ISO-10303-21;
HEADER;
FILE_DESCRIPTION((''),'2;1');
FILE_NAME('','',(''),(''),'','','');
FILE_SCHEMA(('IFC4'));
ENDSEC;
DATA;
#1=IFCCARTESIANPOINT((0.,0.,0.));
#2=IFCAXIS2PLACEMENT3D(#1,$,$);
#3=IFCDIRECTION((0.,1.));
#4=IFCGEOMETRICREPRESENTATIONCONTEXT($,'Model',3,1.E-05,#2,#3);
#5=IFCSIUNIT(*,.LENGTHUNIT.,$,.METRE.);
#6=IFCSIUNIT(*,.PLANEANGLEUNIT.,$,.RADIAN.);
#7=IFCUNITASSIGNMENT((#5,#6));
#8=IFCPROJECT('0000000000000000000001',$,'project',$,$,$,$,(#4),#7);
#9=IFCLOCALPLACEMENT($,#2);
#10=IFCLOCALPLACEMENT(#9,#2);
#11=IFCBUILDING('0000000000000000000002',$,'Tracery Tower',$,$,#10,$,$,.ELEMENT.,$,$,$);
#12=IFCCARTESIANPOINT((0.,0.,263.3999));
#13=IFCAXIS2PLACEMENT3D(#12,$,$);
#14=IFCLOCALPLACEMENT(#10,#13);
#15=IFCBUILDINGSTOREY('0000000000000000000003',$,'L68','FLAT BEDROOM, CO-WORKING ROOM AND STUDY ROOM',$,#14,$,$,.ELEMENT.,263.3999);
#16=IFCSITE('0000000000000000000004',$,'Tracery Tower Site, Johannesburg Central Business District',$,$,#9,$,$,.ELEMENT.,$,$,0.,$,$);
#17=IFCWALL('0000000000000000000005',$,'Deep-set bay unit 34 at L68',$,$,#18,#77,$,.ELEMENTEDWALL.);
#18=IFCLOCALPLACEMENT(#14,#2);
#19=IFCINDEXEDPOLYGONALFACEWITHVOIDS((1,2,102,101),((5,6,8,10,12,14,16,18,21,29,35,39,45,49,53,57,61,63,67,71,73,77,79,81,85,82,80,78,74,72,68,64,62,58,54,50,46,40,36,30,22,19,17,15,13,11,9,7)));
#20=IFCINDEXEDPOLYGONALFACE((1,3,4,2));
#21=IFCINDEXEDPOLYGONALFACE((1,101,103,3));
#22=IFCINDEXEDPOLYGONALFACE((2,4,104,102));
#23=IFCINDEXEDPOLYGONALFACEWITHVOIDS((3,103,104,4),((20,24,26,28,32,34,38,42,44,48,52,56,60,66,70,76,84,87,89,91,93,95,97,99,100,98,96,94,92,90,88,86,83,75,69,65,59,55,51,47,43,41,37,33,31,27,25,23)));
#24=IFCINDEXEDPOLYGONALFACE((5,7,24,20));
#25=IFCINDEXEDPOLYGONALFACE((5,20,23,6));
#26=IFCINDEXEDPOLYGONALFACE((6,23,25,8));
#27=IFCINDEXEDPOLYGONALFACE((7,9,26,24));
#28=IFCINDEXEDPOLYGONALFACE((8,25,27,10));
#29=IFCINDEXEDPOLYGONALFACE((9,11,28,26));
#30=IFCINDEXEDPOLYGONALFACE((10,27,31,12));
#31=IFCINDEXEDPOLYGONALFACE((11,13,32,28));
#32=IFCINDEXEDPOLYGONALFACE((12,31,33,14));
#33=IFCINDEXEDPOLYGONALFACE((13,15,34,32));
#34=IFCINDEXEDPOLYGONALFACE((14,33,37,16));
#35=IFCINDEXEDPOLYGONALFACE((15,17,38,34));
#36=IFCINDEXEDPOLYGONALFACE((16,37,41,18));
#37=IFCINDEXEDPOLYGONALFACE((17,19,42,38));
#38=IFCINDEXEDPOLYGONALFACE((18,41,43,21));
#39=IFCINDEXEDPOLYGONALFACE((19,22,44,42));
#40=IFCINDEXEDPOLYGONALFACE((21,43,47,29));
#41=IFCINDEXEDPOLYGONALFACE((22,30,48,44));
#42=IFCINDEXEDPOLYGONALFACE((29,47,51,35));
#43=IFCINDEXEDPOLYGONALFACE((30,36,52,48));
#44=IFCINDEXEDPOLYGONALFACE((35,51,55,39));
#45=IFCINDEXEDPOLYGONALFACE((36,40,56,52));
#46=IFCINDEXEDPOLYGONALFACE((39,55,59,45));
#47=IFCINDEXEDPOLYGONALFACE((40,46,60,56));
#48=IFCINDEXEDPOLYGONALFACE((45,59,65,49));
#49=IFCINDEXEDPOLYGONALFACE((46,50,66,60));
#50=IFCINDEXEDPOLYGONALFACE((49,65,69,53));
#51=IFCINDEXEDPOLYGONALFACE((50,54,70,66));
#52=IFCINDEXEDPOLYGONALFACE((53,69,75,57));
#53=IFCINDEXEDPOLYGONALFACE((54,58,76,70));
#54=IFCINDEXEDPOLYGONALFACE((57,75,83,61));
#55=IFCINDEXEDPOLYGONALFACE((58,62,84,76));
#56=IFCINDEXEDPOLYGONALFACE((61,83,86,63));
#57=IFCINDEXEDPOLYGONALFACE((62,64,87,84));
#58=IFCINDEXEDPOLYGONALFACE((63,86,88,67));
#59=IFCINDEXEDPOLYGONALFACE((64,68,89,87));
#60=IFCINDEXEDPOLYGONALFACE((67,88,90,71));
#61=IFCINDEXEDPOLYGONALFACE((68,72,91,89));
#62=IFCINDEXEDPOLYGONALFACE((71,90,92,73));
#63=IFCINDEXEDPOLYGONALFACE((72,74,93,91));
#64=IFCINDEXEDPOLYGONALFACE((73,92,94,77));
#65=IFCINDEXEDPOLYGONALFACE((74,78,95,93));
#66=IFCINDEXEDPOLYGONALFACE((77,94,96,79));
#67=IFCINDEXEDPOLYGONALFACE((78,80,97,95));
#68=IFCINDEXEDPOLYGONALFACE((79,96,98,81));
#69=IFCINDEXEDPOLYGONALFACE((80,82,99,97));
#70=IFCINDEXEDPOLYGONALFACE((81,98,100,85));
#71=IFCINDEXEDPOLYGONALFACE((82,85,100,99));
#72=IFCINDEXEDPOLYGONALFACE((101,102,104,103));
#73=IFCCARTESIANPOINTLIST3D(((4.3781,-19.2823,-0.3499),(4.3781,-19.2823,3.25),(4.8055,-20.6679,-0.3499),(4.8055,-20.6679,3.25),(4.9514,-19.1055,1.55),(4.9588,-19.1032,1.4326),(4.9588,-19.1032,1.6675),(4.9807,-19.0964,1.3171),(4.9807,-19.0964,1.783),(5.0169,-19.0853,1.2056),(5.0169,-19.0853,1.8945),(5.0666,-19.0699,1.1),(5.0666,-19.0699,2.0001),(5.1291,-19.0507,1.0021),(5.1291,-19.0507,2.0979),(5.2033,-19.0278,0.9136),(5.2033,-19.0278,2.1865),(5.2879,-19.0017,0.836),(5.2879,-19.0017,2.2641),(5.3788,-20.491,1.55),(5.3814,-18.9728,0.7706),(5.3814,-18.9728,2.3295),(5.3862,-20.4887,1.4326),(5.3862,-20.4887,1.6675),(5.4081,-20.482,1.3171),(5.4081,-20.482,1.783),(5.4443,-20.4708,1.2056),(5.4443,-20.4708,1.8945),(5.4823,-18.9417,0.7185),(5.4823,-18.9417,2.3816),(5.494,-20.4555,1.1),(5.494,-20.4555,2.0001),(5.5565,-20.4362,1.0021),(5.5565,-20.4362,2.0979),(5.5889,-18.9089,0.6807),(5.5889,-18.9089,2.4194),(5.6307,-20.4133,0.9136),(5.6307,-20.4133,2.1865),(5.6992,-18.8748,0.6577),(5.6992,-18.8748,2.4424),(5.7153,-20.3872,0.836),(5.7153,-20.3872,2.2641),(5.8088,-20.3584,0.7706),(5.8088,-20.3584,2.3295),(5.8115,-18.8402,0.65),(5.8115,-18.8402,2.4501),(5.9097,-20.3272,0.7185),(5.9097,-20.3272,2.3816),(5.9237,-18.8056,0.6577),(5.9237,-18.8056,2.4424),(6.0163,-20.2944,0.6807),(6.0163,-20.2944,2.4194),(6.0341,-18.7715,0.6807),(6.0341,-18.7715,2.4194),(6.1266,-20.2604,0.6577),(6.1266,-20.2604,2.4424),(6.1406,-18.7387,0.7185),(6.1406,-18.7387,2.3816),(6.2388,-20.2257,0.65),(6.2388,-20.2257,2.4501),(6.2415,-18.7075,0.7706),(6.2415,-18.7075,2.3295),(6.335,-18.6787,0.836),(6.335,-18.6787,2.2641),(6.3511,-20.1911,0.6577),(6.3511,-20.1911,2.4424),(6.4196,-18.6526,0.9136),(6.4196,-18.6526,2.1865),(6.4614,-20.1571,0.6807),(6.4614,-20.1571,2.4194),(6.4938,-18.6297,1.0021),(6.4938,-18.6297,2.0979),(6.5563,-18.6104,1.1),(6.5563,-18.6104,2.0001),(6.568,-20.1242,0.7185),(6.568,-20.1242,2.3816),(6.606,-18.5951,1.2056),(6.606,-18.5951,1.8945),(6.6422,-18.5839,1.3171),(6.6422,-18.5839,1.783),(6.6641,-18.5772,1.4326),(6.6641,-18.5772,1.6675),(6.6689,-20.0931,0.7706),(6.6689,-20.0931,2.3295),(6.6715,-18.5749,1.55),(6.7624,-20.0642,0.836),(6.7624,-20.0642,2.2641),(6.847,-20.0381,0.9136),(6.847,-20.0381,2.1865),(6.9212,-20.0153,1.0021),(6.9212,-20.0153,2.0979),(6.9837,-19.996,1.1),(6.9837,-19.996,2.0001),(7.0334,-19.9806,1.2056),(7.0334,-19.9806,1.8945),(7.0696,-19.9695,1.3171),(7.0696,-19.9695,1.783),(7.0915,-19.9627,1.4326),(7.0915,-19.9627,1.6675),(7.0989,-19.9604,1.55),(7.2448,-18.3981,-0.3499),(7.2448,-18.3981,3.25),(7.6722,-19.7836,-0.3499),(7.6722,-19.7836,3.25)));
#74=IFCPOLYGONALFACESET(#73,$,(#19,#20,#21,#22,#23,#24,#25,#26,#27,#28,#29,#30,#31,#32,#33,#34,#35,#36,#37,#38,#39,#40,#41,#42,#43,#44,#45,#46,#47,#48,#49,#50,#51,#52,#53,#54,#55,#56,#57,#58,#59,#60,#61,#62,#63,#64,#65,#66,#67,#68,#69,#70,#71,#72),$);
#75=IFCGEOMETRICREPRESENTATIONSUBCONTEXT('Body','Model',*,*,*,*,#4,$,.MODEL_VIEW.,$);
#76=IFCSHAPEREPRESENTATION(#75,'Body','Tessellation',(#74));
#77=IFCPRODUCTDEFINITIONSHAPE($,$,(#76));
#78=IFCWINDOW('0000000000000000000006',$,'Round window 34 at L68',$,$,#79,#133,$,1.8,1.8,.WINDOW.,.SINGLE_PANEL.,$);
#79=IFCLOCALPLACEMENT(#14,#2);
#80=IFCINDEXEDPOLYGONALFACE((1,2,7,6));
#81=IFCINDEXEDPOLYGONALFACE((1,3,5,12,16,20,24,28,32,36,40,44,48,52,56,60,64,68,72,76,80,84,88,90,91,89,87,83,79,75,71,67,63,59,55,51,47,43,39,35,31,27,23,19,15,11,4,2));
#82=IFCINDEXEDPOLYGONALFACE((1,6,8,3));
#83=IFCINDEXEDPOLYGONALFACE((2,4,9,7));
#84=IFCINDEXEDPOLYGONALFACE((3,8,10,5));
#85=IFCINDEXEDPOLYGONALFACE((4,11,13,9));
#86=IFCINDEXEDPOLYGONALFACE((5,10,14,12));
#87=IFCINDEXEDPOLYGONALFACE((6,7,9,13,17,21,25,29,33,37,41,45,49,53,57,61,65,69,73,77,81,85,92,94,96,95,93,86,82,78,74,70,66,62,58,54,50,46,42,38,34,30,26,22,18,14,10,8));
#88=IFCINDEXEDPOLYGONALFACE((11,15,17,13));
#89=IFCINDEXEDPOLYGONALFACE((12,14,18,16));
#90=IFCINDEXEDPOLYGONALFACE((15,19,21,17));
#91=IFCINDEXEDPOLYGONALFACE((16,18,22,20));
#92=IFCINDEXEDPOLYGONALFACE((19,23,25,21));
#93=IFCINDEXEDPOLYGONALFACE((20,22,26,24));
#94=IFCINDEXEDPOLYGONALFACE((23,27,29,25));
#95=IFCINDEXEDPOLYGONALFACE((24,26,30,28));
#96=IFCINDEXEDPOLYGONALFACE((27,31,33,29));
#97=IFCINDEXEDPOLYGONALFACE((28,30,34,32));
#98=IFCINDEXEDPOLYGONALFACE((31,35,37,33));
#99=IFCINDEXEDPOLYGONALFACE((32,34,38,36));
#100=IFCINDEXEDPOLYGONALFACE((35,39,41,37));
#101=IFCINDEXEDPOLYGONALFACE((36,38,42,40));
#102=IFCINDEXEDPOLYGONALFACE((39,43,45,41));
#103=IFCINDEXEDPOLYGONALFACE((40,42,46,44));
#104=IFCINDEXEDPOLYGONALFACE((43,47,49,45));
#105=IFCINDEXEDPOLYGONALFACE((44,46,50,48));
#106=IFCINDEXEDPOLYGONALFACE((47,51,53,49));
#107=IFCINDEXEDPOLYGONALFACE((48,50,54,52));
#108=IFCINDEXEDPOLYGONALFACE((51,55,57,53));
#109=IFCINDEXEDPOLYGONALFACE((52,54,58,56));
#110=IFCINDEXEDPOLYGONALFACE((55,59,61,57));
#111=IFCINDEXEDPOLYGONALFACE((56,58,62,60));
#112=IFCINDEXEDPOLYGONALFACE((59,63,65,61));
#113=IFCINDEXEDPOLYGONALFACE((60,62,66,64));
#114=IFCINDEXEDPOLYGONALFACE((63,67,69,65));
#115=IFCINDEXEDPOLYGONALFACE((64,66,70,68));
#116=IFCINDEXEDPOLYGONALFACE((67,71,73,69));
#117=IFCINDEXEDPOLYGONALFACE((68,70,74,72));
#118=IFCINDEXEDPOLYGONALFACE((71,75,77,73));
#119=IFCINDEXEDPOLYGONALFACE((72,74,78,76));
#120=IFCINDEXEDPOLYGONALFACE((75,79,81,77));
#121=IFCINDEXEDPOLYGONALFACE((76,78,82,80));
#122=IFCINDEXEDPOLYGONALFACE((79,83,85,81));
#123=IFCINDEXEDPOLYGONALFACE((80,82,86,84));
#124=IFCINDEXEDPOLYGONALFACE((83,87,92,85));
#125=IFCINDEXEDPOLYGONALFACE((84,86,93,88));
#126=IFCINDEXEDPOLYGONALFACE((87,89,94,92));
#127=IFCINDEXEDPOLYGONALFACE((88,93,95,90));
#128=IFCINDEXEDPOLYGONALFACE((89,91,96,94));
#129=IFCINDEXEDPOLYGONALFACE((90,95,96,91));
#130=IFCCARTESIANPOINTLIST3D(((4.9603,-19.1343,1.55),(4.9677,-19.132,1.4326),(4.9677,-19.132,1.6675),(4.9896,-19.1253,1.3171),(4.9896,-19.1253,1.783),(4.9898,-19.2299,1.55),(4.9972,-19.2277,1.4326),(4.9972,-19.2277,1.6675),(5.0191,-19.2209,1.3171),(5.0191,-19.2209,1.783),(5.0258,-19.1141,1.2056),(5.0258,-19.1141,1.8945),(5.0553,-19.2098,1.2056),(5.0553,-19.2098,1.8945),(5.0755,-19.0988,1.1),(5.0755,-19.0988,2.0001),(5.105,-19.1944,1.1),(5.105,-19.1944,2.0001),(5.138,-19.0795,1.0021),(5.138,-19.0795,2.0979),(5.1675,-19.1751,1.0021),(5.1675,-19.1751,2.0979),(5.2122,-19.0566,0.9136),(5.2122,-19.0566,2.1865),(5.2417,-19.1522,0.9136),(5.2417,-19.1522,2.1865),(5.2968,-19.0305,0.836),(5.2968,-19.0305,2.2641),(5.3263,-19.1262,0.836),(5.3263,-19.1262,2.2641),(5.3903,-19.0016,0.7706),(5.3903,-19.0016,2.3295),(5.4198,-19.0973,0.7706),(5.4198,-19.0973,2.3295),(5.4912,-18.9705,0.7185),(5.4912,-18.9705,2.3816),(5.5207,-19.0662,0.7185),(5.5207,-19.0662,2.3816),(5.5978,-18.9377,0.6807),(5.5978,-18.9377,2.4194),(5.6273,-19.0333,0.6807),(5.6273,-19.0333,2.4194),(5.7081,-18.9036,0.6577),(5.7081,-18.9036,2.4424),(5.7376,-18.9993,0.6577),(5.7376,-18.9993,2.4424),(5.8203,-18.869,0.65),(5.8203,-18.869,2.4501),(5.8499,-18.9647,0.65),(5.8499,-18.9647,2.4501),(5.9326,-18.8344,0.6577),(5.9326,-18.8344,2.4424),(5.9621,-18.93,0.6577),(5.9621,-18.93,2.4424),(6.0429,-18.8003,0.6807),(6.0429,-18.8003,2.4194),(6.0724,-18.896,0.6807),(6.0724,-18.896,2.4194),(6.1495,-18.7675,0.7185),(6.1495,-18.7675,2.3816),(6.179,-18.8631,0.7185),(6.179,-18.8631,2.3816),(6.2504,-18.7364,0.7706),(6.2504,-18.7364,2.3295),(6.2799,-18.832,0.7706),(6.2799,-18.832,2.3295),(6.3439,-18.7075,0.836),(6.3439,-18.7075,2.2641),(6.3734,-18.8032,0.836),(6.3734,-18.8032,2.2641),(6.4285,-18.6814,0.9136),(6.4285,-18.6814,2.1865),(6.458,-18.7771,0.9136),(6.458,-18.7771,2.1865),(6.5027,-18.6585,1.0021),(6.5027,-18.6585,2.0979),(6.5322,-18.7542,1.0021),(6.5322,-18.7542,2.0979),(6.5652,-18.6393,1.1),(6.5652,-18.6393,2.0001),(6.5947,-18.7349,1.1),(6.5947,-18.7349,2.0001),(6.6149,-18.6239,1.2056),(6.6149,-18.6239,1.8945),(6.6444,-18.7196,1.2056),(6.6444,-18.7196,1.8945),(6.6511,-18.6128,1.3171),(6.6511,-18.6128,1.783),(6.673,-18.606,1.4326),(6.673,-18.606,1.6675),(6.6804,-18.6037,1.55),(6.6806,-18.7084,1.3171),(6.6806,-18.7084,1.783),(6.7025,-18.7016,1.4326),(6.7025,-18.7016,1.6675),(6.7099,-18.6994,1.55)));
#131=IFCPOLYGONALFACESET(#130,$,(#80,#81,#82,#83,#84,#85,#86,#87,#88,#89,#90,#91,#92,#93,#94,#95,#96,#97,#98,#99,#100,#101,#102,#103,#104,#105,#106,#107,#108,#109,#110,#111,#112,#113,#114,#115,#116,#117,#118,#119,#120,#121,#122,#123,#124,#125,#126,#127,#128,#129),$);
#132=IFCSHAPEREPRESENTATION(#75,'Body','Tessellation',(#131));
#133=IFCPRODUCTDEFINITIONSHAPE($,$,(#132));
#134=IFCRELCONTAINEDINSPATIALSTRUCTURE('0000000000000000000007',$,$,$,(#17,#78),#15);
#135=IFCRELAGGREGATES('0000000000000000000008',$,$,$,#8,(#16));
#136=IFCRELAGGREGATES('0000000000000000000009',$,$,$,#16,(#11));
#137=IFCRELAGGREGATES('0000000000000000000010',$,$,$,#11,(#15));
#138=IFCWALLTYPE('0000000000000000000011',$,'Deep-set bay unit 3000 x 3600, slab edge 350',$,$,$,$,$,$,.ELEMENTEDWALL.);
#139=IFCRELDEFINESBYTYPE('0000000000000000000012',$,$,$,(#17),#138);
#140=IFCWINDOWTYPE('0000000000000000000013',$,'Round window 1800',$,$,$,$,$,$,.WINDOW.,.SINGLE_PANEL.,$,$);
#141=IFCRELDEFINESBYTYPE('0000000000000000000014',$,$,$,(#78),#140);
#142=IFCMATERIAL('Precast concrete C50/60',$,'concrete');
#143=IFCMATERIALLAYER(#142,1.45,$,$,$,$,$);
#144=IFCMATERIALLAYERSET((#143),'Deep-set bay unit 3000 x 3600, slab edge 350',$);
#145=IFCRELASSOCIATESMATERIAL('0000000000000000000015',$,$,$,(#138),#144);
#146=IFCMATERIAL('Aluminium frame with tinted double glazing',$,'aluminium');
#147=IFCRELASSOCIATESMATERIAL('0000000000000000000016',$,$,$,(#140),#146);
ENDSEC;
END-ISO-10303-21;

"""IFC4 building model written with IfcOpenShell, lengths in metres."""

from ifc_helpers import new_model, si_unit, direction, frame, frame_2d, origin, origin_2d, place, context, subcontext, project, spatial, rectangle, circle, extrude, material, layer, layer_set, type_object, element, fill, save


model = new_model("IFC4")

# Units and contexts
model_context = context("Model", 3, precision=1e-05, world=origin(), true_north=direction((0.0, 1.0)))
body_context = subcontext(model_context, "Body", "Model", "MODEL_VIEW")
ifc_project = project(units=[si_unit("LENGTHUNIT", "METRE"), si_unit("PLANEANGLEUNIT", "RADIAN")], contexts=[model_context])

# Site, building, storey
site_placement = place(None, origin())
site = spatial("IfcSite", under=ifc_project, at=site_placement, Name="Tracery Tower Site, Johannesburg Central Business District", CompositionType="ELEMENT", RefElevation=0.0)
building_placement = place(site_placement, origin())
building = spatial("IfcBuilding", under=site, at=building_placement, Name="Tracery Tower", CompositionType="ELEMENT")
storey_placement = place(building_placement, frame((0.0, 0.0, 263.3999)))
storey = spatial("IfcBuildingStorey", under=building, at=storey_placement, Name="L68", Description="FLAT BEDROOM, CO-WORKING ROOM AND STUDY ROOM", CompositionType="ELEMENT", Elevation=263.3999)

# Wall, opening, window
ifc_material_1 = material(Name="Precast concrete C50/60", Category="concrete")
ifc_layer_1 = layer(ifc_material_1, 1.45)
ifc_layer_set_1 = layer_set([ifc_layer_1], Name="Deep-set bay unit 3000 x 3600, slab edge 350")
wall_type_1 = type_object("IfcWallType", Name="Deep-set bay unit 3000 x 3600, slab edge 350", PredefinedType="ELEMENTEDWALL", material=ifc_layer_set_1)
wall_1_placement = place(storey_placement, frame((4.5918, -19.9751, -0.3499), z_axis=(0.0, 0.0, 1.0), x_axis=(0.955571, 0.294761, 0.0)))
wall_1 = element("IfcWall", 1, at=wall_1_placement, inside=storey, type_object=wall_type_1, Name="Deep-set bay unit 34 at L68", PredefinedType="ELEMENTEDWALL", context=body_context, shape_type="SweptSolid", body=[
    extrude(rectangle(XDim=3.0, YDim=1.45, at=frame_2d((1.5, 0.0))), origin(), (0.0, 0.0, 1.0), 3.5999),
])
opening_1_placement = place(wall_1_placement, frame((1.5, 0.0, 1.8999)))
opening_1 = element("IfcOpeningElement", 2, at=opening_1_placement, cuts=wall_1, PredefinedType="OPENING", context=body_context, shape_type="SweptSolid", body=[
    extrude(circle(Radius=0.9, at=origin_2d()), frame((0.0, 0.7349, 0.0), z_axis=(0.0, -1.0, 0.0), x_axis=(1.0, 0.0, 0.0)), (0.0, 0.0, 1.0), 1.47),
])
ifc_material_2 = material(Name="Aluminium frame with tinted double glazing", Category="aluminium")
window_type = type_object("IfcWindowType", Name="Round window 1800", PartitioningType="SINGLE_PANEL", PredefinedType="WINDOW", material=ifc_material_2)
window_1_placement = place(opening_1_placement, origin())
window_1 = element("IfcWindow", 3, at=window_1_placement, inside=storey, type_object=window_type, Name="Round window 34 at L68", OverallHeight=1.8, OverallWidth=1.8, PartitioningType="SINGLE_PANEL", PredefinedType="WINDOW", context=body_context, shape_type="SweptSolid", body=[
    extrude(circle(Radius=0.9, at=origin_2d()), frame((0.0, 0.6948, 0.0), z_axis=(0.0, -1.0, 0.0), x_axis=(1.0, 0.0, 0.0)), (0.0, 0.0, 1.0), 0.1001),
])
fill(opening_1, window_1)

save(model, "model.ifc")
